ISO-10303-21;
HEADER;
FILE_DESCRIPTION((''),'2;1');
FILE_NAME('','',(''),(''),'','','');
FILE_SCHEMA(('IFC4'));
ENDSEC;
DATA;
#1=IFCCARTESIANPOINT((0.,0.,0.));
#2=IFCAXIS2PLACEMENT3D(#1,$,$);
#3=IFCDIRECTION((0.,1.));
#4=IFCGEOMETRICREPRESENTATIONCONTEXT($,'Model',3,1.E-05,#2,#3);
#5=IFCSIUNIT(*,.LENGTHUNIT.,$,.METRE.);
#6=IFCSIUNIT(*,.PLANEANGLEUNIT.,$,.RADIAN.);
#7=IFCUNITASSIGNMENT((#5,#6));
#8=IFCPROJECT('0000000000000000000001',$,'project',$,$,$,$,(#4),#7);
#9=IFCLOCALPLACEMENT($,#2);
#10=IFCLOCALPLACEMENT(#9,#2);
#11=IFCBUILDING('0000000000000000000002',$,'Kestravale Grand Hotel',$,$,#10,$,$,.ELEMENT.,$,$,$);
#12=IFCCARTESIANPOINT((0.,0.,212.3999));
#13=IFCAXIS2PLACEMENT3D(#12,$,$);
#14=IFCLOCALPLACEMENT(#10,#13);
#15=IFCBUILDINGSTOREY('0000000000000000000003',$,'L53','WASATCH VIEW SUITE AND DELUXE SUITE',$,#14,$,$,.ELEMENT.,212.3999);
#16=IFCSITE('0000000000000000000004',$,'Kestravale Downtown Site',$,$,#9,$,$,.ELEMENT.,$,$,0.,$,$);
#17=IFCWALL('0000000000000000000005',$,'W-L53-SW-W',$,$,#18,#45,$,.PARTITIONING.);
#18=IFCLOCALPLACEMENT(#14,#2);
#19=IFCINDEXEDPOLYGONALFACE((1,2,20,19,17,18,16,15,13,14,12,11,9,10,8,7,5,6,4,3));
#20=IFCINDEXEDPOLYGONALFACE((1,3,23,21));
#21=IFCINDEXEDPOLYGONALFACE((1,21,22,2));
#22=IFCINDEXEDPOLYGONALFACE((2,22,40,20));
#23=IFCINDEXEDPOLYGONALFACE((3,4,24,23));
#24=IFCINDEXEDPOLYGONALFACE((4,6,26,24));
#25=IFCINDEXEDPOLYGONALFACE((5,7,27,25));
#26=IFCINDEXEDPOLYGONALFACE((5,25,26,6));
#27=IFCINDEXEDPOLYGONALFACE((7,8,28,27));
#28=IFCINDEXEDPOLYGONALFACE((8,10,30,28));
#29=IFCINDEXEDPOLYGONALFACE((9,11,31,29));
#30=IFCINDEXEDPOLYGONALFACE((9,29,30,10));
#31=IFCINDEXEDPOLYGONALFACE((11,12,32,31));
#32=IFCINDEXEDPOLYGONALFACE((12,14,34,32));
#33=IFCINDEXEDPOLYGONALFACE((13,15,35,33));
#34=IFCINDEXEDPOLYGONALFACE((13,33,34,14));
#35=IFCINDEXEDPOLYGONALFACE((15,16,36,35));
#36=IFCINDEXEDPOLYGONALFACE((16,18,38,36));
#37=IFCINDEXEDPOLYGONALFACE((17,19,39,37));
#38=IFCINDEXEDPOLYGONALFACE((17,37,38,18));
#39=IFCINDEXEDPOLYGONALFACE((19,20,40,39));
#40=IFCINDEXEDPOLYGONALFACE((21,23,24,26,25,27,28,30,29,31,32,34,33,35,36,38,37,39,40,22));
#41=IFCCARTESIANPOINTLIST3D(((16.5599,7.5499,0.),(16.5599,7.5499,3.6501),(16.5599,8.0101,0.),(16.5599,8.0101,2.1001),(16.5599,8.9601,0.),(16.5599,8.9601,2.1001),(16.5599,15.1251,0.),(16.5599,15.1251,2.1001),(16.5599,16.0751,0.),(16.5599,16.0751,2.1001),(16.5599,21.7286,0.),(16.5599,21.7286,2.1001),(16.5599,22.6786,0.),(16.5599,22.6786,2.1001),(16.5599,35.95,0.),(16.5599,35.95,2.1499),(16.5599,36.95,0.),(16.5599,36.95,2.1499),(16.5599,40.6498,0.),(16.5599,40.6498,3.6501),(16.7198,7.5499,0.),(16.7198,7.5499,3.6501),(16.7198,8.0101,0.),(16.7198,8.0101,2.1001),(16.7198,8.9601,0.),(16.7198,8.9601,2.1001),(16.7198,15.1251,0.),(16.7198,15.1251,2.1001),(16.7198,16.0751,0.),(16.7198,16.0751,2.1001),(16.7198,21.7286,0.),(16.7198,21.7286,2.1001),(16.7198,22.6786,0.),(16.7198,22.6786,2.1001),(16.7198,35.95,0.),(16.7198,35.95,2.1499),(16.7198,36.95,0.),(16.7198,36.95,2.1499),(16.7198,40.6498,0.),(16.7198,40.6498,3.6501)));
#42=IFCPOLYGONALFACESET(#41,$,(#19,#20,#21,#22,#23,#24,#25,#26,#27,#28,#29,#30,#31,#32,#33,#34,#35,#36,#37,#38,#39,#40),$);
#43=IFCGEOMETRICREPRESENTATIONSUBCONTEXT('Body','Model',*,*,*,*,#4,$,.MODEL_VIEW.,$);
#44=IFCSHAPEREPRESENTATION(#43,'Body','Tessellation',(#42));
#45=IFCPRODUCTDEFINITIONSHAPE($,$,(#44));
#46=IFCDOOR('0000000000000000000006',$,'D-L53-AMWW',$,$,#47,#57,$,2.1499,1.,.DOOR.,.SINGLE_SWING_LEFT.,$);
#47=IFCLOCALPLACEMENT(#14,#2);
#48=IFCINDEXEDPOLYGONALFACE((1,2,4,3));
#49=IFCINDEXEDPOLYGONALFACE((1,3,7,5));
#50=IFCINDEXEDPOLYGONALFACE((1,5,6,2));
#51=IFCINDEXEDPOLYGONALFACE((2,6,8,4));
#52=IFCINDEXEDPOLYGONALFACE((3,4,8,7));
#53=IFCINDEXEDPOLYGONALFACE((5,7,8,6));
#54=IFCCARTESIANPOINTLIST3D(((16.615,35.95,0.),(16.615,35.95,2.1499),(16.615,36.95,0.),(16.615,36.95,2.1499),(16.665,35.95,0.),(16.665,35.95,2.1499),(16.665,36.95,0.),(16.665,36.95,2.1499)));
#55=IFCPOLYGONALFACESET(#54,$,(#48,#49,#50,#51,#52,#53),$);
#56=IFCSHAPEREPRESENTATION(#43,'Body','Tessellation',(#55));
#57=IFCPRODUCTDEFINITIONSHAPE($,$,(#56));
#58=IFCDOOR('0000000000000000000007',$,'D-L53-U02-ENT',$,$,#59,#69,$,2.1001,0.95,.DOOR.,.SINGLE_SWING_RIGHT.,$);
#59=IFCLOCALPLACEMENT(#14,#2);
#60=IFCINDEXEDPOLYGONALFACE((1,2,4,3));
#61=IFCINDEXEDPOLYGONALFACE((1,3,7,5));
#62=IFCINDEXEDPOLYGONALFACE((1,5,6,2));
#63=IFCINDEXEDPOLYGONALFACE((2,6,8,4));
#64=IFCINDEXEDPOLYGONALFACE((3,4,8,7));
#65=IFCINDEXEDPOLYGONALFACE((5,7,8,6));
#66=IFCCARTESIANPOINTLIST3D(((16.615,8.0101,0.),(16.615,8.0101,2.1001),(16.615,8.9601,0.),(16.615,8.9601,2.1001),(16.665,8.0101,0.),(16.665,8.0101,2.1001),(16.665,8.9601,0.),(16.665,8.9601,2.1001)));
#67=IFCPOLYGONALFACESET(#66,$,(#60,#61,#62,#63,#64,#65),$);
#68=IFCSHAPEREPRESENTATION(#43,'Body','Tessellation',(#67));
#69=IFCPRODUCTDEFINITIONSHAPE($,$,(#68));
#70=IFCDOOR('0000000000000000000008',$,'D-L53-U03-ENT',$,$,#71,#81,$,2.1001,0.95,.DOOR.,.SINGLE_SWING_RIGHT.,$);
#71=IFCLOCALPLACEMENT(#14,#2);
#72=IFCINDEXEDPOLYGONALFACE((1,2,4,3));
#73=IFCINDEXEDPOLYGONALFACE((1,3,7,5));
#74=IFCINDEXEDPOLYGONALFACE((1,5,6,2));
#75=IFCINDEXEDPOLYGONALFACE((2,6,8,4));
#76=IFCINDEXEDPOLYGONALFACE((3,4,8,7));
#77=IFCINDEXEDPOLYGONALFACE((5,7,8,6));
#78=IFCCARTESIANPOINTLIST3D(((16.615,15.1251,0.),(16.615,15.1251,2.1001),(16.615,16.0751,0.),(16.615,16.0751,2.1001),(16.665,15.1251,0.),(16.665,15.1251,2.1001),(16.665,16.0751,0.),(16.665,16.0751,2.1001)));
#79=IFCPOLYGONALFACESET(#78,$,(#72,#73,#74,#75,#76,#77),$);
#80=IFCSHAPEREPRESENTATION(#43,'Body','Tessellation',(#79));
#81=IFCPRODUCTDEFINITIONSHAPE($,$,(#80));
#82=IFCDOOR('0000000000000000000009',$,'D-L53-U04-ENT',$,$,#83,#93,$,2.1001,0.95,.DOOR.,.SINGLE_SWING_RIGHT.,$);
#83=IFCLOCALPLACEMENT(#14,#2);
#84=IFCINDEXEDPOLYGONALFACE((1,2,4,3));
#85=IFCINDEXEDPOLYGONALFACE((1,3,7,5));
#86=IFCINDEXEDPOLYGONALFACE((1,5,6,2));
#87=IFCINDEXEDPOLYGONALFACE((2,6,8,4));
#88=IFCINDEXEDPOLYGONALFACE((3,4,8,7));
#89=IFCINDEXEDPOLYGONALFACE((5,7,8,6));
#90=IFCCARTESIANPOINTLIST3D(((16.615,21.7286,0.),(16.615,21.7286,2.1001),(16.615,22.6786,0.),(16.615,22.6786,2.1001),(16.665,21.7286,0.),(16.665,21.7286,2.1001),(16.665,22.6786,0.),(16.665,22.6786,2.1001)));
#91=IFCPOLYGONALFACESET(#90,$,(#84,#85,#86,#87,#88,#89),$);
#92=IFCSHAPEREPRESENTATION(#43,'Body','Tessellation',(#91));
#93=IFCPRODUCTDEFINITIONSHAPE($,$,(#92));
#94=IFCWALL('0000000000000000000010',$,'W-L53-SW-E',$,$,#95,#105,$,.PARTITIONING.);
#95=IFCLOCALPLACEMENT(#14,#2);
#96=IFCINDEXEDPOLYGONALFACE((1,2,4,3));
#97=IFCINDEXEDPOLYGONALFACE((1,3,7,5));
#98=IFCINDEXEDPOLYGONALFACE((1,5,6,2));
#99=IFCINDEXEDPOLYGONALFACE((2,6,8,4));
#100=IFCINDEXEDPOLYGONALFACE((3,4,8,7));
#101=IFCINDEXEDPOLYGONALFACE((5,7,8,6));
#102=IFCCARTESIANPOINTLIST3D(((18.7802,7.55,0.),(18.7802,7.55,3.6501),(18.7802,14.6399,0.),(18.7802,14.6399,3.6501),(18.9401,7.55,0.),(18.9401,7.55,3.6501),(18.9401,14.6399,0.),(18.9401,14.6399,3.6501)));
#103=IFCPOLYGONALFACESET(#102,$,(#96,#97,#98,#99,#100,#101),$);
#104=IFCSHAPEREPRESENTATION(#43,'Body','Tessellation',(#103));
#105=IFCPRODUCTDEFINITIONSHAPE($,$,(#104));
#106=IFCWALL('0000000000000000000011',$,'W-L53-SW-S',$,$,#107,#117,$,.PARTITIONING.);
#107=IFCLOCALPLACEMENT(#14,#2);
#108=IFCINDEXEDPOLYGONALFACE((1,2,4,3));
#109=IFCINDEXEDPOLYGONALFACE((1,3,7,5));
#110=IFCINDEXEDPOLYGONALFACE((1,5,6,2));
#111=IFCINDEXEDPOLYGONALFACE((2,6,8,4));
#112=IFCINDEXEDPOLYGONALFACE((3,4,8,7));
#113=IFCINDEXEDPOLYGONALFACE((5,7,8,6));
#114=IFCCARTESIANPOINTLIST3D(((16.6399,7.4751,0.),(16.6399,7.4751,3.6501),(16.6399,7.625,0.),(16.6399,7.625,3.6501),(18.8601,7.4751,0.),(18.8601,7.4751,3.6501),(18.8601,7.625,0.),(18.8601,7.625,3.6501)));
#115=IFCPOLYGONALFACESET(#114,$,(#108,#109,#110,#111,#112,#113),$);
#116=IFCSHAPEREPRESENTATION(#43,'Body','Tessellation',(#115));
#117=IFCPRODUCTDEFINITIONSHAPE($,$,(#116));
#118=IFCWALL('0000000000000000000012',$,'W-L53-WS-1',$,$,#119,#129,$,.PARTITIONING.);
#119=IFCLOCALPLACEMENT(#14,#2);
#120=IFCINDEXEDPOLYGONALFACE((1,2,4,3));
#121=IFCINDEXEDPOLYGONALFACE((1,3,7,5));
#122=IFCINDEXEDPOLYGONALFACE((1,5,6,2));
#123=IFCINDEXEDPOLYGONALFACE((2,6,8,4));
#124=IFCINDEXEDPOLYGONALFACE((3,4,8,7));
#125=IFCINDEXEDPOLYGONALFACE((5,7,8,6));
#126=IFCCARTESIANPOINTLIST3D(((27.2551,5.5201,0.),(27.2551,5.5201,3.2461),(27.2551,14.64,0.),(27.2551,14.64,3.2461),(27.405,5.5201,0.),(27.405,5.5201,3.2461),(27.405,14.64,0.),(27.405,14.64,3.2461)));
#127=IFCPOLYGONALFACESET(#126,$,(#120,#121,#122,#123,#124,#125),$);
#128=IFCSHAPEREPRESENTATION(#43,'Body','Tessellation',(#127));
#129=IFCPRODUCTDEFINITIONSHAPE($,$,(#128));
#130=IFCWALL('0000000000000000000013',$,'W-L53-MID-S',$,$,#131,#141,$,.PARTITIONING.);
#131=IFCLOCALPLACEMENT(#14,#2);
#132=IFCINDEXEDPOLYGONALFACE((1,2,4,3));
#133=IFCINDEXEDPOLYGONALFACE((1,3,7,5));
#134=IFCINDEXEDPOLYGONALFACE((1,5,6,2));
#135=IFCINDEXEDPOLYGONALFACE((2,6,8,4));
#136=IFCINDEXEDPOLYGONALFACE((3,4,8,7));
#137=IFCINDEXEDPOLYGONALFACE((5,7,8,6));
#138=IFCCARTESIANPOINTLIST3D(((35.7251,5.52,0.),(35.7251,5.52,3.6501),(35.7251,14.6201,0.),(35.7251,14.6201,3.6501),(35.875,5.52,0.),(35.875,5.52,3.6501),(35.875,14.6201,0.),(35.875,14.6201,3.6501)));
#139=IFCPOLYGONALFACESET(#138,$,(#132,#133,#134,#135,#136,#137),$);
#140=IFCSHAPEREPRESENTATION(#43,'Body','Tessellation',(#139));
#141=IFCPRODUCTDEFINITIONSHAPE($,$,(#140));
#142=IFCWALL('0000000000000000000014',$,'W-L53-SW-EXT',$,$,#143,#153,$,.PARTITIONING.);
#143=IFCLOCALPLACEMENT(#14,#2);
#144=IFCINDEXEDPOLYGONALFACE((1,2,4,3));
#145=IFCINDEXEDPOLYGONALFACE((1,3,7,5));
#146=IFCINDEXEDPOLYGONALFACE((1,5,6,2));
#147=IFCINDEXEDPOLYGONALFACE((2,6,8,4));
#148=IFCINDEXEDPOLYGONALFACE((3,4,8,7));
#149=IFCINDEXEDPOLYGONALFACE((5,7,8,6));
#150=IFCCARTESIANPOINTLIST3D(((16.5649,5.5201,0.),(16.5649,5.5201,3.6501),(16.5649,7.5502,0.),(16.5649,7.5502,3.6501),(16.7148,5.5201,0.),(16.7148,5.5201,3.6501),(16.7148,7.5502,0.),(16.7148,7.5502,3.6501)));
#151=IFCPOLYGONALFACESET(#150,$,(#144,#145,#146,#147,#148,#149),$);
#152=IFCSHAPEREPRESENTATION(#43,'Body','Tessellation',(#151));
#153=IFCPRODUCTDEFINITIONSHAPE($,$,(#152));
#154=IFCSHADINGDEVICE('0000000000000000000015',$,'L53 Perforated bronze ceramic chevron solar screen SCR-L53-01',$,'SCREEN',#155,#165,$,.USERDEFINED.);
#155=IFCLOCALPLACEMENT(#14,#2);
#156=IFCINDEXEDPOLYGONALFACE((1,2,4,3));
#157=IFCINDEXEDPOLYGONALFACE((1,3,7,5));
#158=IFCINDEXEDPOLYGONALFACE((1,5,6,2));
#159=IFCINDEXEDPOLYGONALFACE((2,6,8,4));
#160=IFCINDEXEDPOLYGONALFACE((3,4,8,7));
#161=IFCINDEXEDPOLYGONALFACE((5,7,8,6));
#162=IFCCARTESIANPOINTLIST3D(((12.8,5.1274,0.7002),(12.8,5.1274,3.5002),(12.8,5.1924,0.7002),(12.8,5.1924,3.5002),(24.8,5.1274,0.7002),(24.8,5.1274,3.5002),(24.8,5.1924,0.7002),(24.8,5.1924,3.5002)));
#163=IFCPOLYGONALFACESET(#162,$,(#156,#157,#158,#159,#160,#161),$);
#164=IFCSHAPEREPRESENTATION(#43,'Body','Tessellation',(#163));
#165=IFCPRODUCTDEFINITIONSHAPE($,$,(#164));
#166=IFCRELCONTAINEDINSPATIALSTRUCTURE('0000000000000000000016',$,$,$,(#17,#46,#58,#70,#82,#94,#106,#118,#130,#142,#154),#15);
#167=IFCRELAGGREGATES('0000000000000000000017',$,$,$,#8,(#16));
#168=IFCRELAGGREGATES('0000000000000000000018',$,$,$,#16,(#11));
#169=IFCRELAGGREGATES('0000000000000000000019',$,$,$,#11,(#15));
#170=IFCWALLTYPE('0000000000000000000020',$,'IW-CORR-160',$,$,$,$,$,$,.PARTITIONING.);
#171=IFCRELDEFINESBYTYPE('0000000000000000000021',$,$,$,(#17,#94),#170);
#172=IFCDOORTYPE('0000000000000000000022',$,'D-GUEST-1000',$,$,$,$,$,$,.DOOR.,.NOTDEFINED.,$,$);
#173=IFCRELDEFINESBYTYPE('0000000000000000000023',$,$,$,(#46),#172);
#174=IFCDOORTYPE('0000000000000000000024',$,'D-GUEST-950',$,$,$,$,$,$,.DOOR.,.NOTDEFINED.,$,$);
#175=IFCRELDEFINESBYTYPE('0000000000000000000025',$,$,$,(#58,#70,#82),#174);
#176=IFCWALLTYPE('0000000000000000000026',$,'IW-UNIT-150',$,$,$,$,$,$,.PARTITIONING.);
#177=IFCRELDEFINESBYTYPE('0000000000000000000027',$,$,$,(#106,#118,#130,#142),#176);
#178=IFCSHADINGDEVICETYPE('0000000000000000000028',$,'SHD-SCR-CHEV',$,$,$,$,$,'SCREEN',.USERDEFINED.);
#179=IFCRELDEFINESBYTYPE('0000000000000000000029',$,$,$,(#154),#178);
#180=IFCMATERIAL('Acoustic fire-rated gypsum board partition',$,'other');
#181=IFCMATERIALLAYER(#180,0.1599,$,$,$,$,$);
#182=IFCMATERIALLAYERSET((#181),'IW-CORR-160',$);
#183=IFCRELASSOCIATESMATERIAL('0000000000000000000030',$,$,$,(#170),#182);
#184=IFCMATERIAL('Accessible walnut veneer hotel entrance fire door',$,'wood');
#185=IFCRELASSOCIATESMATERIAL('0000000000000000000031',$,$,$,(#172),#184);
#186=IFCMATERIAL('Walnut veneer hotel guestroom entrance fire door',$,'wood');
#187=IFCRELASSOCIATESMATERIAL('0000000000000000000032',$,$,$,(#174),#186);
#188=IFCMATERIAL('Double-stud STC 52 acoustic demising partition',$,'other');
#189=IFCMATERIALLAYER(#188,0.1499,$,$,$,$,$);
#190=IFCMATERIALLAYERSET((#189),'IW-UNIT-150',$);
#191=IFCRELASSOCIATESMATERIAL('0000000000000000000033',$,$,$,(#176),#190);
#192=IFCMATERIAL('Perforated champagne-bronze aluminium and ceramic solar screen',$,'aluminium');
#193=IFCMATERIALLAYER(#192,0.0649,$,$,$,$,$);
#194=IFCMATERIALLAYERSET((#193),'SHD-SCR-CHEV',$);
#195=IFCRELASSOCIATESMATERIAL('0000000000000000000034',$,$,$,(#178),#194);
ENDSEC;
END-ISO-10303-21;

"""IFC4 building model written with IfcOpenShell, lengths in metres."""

from ifc_helpers import new_model, si_unit, direction, frame, frame_2d, origin, origin_2d, place, context, subcontext, project, spatial, rectangle, extrude, material, layer, layer_set, type_object, element, fill, save


model = new_model("IFC4")

# Units and contexts
model_context = context("Model", 3, precision=1e-05, world=origin(), true_north=direction((0.0, 1.0)))
body_context = subcontext(model_context, "Body", "Model", "MODEL_VIEW")
ifc_project = project(units=[si_unit("LENGTHUNIT", "METRE"), si_unit("PLANEANGLEUNIT", "RADIAN")], contexts=[model_context])

# Site, building, storey
site_placement = place(None, origin())
site = spatial("IfcSite", under=ifc_project, at=site_placement, Name="Kestravale Downtown Site", CompositionType="ELEMENT", RefElevation=0.0)
building_placement = place(site_placement, origin())
building = spatial("IfcBuilding", under=site, at=building_placement, Name="Kestravale Grand Hotel", CompositionType="ELEMENT")
storey_placement = place(building_placement, frame((0.0, 0.0, 212.3999)))
storey = spatial("IfcBuildingStorey", under=building, at=storey_placement, Name="L53", Description="WASATCH VIEW SUITE AND DELUXE SUITE", CompositionType="ELEMENT", Elevation=212.3999)

# Wall, openings, doors
ifc_material_1 = material(Name="Acoustic fire-rated gypsum board partition", Category="other")
ifc_layer_1 = layer(ifc_material_1, 0.1599)
ifc_layer_set_1 = layer_set([ifc_layer_1], Name="IW-CORR-160")
wall_type_1 = type_object("IfcWallType", Name="IW-CORR-160", PredefinedType="PARTITIONING", material=ifc_layer_set_1)
wall_1_placement = place(storey_placement, frame((16.6399, 7.55, 0.0), z_axis=(0.0, 0.0, 1.0), x_axis=(0.0, 1.0, 0.0)))
wall_1 = element("IfcWall", 1, at=wall_1_placement, inside=storey, type_object=wall_type_1, Name="W-L53-SW-W", PredefinedType="PARTITIONING", context=body_context, shape_type="SweptSolid", body=[
    extrude(rectangle(XDim=33.0999, YDim=0.1599, at=frame_2d((16.5498, 0.0))), origin(), (0.0, 0.0, 1.0), 3.6501),
])
opening_1_placement = place(wall_1_placement, frame((0.46, 0.0, 0.0)))
opening_1 = element("IfcOpeningElement", 2, at=opening_1_placement, cuts=wall_1, PredefinedType="OPENING", context=body_context, shape_type="SweptSolid", body=[
    extrude(rectangle(XDim=0.95, YDim=2.1001, at=frame_2d((0.4751, 1.05))), frame((0.0, 0.0898, 0.0), z_axis=(0.0, -1.0, 0.0), x_axis=(1.0, 0.0, 0.0)), (0.0, 0.0, 1.0), 0.1799),
])
opening_2_placement = place(wall_1_placement, frame((7.575, 0.0, 0.0)))
opening_2 = element("IfcOpeningElement", 3, at=opening_2_placement, cuts=wall_1, PredefinedType="OPENING", context=body_context, shape_type="SweptSolid", body=[
    extrude(rectangle(XDim=0.95, YDim=2.1001, at=frame_2d((0.4751, 1.05))), frame((0.0, 0.0898, 0.0), z_axis=(0.0, -1.0, 0.0), x_axis=(1.0, 0.0, 0.0)), (0.0, 0.0, 1.0), 0.1799),
])
opening_3_placement = place(wall_1_placement, frame((14.1785, 0.0, 0.0)))
opening_3 = element("IfcOpeningElement", 4, at=opening_3_placement, cuts=wall_1, PredefinedType="OPENING", context=body_context, shape_type="SweptSolid", body=[
    extrude(rectangle(XDim=0.95, YDim=2.1001, at=frame_2d((0.4751, 1.05))), frame((0.0, 0.0898, 0.0), z_axis=(0.0, -1.0, 0.0), x_axis=(1.0, 0.0, 0.0)), (0.0, 0.0, 1.0), 0.1799),
])
opening_4_placement = place(wall_1_placement, frame((28.3999, 0.0, 0.0)))
opening_4 = element("IfcOpeningElement", 5, at=opening_4_placement, cuts=wall_1, PredefinedType="OPENING", context=body_context, shape_type="SweptSolid", body=[
    extrude(rectangle(XDim=1.0, YDim=2.1499, at=frame_2d((0.5, 1.075))), frame((0.0, 0.0898, 0.0), z_axis=(0.0, -1.0, 0.0), x_axis=(1.0, 0.0, 0.0)), (0.0, 0.0, 1.0), 0.1799),
])
ifc_material_2 = material(Name="Accessible walnut veneer hotel entrance fire door", Category="wood")
door_type_1 = type_object("IfcDoorType", Name="D-GUEST-1000", OperationType="NOTDEFINED", PredefinedType="DOOR", material=ifc_material_2)
door_1_placement = place(opening_4_placement, origin())
door_1 = element("IfcDoor", 6, at=door_1_placement, inside=storey, type_object=door_type_1, Name="D-L53-AMWW", OperationType="SINGLE_SWING_LEFT", OverallHeight=2.1499, OverallWidth=1.0, PredefinedType="DOOR", context=body_context, shape_type="SweptSolid", body=[
    extrude(rectangle(XDim=1.0, YDim=2.1499, at=frame_2d((0.5, 1.075))), frame((0.0, 0.0249, 0.0), z_axis=(0.0, -1.0, 0.0), x_axis=(1.0, 0.0, 0.0)), (0.0, 0.0, 1.0), 0.05),
])
fill(opening_4, door_1)
ifc_material_3 = material(Name="Walnut veneer hotel guestroom entrance fire door", Category="wood")
door_type_2 = type_object("IfcDoorType", Name="D-GUEST-950", OperationType="NOTDEFINED", PredefinedType="DOOR", material=ifc_material_3)
door_2_placement = place(opening_1_placement, origin())
door_2 = element("IfcDoor", 7, at=door_2_placement, inside=storey, type_object=door_type_2, Name="D-L53-U02-ENT", OperationType="SINGLE_SWING_RIGHT", OverallHeight=2.1001, OverallWidth=0.95, PredefinedType="DOOR", context=body_context, shape_type="SweptSolid", body=[
    extrude(rectangle(XDim=0.95, YDim=2.1001, at=frame_2d((0.4751, 1.05))), frame((0.0, 0.0249, 0.0), z_axis=(0.0, -1.0, 0.0), x_axis=(1.0, 0.0, 0.0)), (0.0, 0.0, 1.0), 0.05),
])
fill(opening_1, door_2)
door_3_placement = place(opening_2_placement, origin())
door_3 = element("IfcDoor", 8, at=door_3_placement, inside=storey, type_object=door_type_2, Name="D-L53-U03-ENT", OperationType="SINGLE_SWING_RIGHT", OverallHeight=2.1001, OverallWidth=0.95, PredefinedType="DOOR", context=body_context, shape_type="SweptSolid", body=[
    extrude(rectangle(XDim=0.95, YDim=2.1001, at=frame_2d((0.4751, 1.05))), frame((0.0, 0.0249, 0.0), z_axis=(0.0, -1.0, 0.0), x_axis=(1.0, 0.0, 0.0)), (0.0, 0.0, 1.0), 0.05),
])
fill(opening_2, door_3)
door_4_placement = place(opening_3_placement, origin())
door_4 = element("IfcDoor", 9, at=door_4_placement, inside=storey, type_object=door_type_2, Name="D-L53-U04-ENT", OperationType="SINGLE_SWING_RIGHT", OverallHeight=2.1001, OverallWidth=0.95, PredefinedType="DOOR", context=body_context, shape_type="SweptSolid", body=[
    extrude(rectangle(XDim=0.95, YDim=2.1001, at=frame_2d((0.4751, 1.05))), frame((0.0, 0.0249, 0.0), z_axis=(0.0, -1.0, 0.0), x_axis=(1.0, 0.0, 0.0)), (0.0, 0.0, 1.0), 0.05),
])
fill(opening_3, door_4)

# Walls
wall_2_placement = place(storey_placement, frame((18.8601, 7.55, 0.0), z_axis=(0.0, 0.0, 1.0), x_axis=(0.0, 1.0, 0.0)))
element("IfcWall", 10, at=wall_2_placement, inside=storey, type_object=wall_type_1, Name="W-L53-SW-E", PredefinedType="PARTITIONING", context=body_context, shape_type="SweptSolid", body=[
    extrude(rectangle(XDim=7.0898, YDim=0.1599, at=frame_2d((3.5449, 0.0))), origin(), (0.0, 0.0, 1.0), 3.6501),
])
ifc_material_4 = material(Name="Double-stud STC 52 acoustic demising partition", Category="other")
ifc_layer_2 = layer(ifc_material_4, 0.1499)
ifc_layer_set_2 = layer_set([ifc_layer_2], Name="IW-UNIT-150")
wall_type_2 = type_object("IfcWallType", Name="IW-UNIT-150", PredefinedType="PARTITIONING", material=ifc_layer_set_2)
wall_3_placement = place(storey_placement, frame((16.6399, 7.55, 0.0), z_axis=(0.0, 0.0, 1.0), x_axis=(1.0, 0.0, 0.0)))
element("IfcWall", 11, at=wall_3_placement, inside=storey, type_object=wall_type_2, Name="W-L53-SW-S", PredefinedType="PARTITIONING", context=body_context, shape_type="SweptSolid", body=[
    extrude(rectangle(XDim=2.2202, YDim=0.1499, at=frame_2d((1.1101, 0.0))), origin(), (0.0, 0.0, 1.0), 3.6501),
])
wall_4_placement = place(storey_placement, frame((27.3301, 5.52, 0.0), z_axis=(0.0, 0.0, 1.0), x_axis=(0.0, 1.0, 0.0)))
element("IfcWall", 12, at=wall_4_placement, inside=storey, type_object=wall_type_2, Name="W-L53-WS-1", PredefinedType="PARTITIONING", context=body_context, shape_type="SweptSolid", body=[
    extrude(rectangle(XDim=9.1199, YDim=0.1499, at=frame_2d((4.5601, 0.0))), origin(), (0.0, 0.0, 1.0), 3.2461),
])
wall_5_placement = place(storey_placement, frame((35.8, 5.52, 0.0), z_axis=(0.0, 0.0, 1.0), x_axis=(0.0, 1.0, 0.0)))
element("IfcWall", 13, at=wall_5_placement, inside=storey, type_object=wall_type_2, Name="W-L53-MID-S", PredefinedType="PARTITIONING", context=body_context, shape_type="SweptSolid", body=[
    extrude(rectangle(XDim=9.1001, YDim=0.1499, at=frame_2d((4.55, 0.0))), origin(), (0.0, 0.0, 1.0), 3.6501),
])
wall_6_placement = place(storey_placement, frame((16.6399, 5.52, 0.0), z_axis=(0.0, 0.0, 1.0), x_axis=(0.0, 1.0, 0.0)))
element("IfcWall", 14, at=wall_6_placement, inside=storey, type_object=wall_type_2, Name="W-L53-SW-EXT", PredefinedType="PARTITIONING", context=body_context, shape_type="SweptSolid", body=[
    extrude(rectangle(XDim=2.03, YDim=0.1499, at=frame_2d((1.0151, 0.0))), origin(), (0.0, 0.0, 1.0), 3.6501),
])

# Shading device
ifc_material_5 = material(Name="Perforated champagne-bronze aluminium and ceramic solar screen", Category="aluminium")
ifc_layer_3 = layer(ifc_material_5, 0.0649)
ifc_layer_set_3 = layer_set([ifc_layer_3], Name="SHD-SCR-CHEV")
shading_device_type = type_object("IfcShadingDeviceType", Name="SHD-SCR-CHEV", ElementType="SCREEN", PredefinedType="USERDEFINED", material=ifc_layer_set_3)
shading_device_placement = place(storey_placement, frame((18.8, 5.1599, 0.7002), z_axis=(0.0, 0.0, 1.0), x_axis=(1.0, 0.0, 0.0)))
element("IfcShadingDevice", 15, at=shading_device_placement, inside=storey, type_object=shading_device_type, Name="L53 Perforated bronze ceramic chevron solar screen SCR-L53-01", ObjectType="SCREEN", PredefinedType="USERDEFINED", context=body_context, shape_type="SweptSolid", body=[
    extrude(rectangle(XDim=12.0, YDim=0.0649, at=origin_2d()), origin(), (0.0, 0.0, 1.0), 2.8),
])

save(model, "model.ifc")
